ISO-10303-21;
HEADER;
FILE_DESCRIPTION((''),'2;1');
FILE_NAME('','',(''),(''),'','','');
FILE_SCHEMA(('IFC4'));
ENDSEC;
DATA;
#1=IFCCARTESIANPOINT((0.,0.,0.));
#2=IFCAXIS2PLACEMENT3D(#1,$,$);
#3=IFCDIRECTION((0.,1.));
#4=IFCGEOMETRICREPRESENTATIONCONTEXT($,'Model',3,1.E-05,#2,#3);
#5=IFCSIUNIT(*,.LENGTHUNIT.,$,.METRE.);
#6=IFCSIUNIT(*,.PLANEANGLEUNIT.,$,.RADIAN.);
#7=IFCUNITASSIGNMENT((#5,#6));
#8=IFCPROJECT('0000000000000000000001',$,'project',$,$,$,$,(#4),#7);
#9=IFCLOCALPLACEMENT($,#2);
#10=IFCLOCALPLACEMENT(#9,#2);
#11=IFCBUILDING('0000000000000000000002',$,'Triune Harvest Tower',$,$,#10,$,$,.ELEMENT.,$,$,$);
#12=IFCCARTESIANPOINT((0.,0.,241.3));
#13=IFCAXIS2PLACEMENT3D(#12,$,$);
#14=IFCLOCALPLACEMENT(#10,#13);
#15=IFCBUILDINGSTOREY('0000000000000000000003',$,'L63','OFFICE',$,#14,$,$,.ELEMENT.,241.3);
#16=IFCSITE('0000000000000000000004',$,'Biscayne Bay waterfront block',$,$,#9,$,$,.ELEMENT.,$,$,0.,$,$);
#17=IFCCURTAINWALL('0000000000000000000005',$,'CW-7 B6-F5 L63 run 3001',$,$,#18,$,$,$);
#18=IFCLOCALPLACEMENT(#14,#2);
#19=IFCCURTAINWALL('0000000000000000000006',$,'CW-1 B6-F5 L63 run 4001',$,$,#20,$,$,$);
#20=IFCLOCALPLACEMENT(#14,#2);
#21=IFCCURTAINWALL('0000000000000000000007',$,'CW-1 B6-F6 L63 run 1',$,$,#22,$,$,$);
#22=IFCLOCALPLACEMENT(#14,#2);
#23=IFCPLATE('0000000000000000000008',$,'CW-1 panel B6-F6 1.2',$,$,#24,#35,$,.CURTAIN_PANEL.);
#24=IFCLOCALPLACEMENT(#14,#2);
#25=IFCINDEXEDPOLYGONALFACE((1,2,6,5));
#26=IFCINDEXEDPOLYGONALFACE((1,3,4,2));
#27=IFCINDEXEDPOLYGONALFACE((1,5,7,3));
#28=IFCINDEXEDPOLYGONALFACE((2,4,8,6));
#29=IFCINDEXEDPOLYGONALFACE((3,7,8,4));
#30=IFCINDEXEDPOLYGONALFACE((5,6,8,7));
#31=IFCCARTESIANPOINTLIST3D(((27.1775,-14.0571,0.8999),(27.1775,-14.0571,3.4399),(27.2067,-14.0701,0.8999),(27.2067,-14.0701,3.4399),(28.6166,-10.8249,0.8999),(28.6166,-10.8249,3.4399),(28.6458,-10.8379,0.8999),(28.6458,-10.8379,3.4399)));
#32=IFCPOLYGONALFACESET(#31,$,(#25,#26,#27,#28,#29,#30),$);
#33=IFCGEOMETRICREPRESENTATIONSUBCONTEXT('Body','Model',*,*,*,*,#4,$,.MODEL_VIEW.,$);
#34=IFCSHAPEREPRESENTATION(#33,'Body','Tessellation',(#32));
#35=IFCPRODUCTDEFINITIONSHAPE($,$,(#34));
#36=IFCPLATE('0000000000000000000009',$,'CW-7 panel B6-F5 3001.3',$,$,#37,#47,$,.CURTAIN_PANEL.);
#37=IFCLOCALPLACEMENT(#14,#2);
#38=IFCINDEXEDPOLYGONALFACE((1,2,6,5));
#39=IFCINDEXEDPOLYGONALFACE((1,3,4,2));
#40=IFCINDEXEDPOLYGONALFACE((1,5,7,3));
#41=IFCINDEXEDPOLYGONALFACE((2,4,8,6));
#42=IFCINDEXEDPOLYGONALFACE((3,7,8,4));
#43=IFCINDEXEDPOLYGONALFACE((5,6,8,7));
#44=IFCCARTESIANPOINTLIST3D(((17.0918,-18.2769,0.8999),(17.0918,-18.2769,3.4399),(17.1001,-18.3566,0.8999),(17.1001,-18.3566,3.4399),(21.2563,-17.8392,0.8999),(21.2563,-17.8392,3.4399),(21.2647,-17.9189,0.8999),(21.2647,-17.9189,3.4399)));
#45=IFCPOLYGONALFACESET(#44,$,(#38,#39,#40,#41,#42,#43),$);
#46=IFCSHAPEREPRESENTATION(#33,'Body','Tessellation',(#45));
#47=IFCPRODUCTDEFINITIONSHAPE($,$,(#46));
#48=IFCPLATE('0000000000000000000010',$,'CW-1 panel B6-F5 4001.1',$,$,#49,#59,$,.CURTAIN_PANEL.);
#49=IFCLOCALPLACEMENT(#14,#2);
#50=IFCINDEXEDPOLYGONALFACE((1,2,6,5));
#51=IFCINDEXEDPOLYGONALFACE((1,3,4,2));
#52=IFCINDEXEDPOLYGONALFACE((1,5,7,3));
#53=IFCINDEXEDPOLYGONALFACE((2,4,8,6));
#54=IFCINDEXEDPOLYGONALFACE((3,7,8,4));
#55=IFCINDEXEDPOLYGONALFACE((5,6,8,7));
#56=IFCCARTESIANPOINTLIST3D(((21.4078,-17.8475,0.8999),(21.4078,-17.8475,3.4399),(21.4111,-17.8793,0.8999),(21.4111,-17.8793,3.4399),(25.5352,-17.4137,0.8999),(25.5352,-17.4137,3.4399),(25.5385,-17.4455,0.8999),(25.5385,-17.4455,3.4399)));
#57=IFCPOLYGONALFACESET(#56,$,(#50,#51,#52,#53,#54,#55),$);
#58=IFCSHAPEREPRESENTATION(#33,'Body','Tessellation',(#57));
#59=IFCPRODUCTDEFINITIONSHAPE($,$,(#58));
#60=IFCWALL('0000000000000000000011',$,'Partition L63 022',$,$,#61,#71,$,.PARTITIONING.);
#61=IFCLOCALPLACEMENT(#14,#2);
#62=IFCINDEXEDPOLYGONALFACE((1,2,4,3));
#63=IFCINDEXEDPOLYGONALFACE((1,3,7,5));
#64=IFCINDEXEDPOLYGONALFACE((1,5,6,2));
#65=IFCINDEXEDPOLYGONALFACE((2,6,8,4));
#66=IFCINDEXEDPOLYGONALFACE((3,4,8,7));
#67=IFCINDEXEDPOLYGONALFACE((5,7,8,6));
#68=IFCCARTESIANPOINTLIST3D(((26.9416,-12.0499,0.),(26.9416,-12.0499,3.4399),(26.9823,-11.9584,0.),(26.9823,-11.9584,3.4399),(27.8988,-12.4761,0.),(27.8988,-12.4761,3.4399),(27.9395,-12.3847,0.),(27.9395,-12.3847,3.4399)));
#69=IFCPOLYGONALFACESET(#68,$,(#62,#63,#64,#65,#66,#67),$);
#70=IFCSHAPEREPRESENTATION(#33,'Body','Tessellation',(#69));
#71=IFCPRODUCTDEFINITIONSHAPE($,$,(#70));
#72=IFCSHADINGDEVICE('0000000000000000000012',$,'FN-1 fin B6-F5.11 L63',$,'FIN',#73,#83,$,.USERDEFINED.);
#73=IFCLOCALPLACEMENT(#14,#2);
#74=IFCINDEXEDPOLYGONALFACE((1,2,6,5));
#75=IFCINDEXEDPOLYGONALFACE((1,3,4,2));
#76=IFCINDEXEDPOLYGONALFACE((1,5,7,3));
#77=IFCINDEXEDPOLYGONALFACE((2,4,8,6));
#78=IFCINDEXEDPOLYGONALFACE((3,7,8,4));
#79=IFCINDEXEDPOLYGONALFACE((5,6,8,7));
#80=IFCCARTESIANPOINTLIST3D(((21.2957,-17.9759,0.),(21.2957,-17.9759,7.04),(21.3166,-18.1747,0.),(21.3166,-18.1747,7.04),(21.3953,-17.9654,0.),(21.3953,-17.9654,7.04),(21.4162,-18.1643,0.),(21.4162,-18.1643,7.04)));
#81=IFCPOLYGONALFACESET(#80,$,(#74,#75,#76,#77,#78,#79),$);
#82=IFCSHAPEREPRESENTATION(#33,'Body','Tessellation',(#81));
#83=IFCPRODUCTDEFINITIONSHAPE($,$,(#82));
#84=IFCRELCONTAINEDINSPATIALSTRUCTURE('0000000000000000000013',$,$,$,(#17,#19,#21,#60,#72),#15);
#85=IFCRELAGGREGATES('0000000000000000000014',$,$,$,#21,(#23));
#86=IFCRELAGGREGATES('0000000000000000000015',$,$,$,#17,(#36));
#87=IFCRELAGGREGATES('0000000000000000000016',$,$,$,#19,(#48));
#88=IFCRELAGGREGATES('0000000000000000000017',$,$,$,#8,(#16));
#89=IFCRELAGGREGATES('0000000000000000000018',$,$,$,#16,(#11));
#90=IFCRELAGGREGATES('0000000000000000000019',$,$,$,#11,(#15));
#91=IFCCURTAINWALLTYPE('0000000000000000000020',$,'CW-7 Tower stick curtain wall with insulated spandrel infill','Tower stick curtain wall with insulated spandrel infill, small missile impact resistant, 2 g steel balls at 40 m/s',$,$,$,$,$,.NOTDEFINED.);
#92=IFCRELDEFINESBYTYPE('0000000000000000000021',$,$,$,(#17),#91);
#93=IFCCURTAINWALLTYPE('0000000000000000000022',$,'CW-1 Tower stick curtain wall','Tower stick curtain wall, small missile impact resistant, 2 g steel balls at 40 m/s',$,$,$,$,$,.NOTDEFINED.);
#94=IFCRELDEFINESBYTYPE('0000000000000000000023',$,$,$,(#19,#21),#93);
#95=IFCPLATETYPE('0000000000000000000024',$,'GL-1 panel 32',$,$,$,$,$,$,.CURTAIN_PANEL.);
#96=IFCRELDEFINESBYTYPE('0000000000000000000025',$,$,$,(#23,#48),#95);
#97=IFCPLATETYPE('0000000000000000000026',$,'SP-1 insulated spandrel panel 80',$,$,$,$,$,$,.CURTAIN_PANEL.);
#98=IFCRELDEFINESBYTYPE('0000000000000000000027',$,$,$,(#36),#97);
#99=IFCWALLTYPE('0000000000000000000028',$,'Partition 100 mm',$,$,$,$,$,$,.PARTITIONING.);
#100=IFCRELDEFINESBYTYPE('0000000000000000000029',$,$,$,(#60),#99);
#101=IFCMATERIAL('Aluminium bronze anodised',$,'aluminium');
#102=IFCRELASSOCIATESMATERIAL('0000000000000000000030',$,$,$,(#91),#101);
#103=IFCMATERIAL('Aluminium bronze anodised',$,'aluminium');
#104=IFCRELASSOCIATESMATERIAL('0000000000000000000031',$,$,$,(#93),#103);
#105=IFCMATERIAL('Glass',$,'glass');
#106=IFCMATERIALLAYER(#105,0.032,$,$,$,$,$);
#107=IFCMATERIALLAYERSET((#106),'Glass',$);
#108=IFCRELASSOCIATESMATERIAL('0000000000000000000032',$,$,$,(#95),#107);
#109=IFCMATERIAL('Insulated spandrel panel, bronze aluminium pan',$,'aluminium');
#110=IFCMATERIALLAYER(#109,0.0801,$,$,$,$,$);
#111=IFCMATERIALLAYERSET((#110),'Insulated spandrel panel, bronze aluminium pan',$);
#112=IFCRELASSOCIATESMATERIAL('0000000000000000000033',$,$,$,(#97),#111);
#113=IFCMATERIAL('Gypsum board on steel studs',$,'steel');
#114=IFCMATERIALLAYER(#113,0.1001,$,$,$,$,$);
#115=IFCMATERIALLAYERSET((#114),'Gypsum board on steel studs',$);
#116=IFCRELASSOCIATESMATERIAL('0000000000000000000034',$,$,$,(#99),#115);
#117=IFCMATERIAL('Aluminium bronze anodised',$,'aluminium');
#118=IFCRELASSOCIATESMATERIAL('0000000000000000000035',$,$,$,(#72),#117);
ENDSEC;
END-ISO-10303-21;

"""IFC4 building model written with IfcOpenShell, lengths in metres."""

from ifc_helpers import new_model, si_unit, direction, frame, frame_2d, origin, origin_2d, place, context, subcontext, project, spatial, rectangle, extrude, source, transform, mapped, material, layer, layer_set, type_object, element, aggregate, save


model = new_model("IFC4")

# Units and contexts
model_context = context("Model", 3, precision=1e-05, world=origin(), true_north=direction((0.0, 1.0)))
body_context = subcontext(model_context, "Body", "Model", "MODEL_VIEW")
ifc_project = project(units=[si_unit("LENGTHUNIT", "METRE"), si_unit("PLANEANGLEUNIT", "RADIAN")], contexts=[model_context])

# Site, building, storey
site_placement = place(None, origin())
site = spatial("IfcSite", under=ifc_project, at=site_placement, Name="Biscayne Bay waterfront block", CompositionType="ELEMENT", RefElevation=0.0)
building_placement = place(site_placement, origin())
building = spatial("IfcBuilding", under=site, at=building_placement, Name="Triune Harvest Tower", CompositionType="ELEMENT")
storey_placement = place(building_placement, frame((0.0, 0.0, 241.3)))
storey = spatial("IfcBuildingStorey", under=building, at=storey_placement, Name="L63", Description="OFFICE", CompositionType="ELEMENT", Elevation=241.3)

# Curtain walls
ifc_material_1 = material(Name="Aluminium bronze anodised", Category="aluminium")
curtain_wall_type_1 = type_object("IfcCurtainWallType", Name="CW-7 Tower stick curtain wall with insulated spandrel infill", Description="Tower stick curtain wall with insulated spandrel infill, small missile impact resistant, 2 g steel balls at 40 m/s", PredefinedType="NOTDEFINED", material=ifc_material_1)
curtain_wall_1_placement = place(storey_placement, origin())
curtain_wall_1 = element("IfcCurtainWall", 1, at=curtain_wall_1_placement, inside=storey, type_object=curtain_wall_type_1, Name="CW-7 B6-F5 L63 run 3001")
ifc_material_2 = material(Name="Aluminium bronze anodised", Category="aluminium")
curtain_wall_type_2 = type_object("IfcCurtainWallType", Name="CW-1 Tower stick curtain wall", Description="Tower stick curtain wall, small missile impact resistant, 2 g steel balls at 40 m/s", PredefinedType="NOTDEFINED", material=ifc_material_2)
curtain_wall_2_placement = place(storey_placement, origin())
curtain_wall_2 = element("IfcCurtainWall", 2, at=curtain_wall_2_placement, inside=storey, type_object=curtain_wall_type_2, Name="CW-1 B6-F5 L63 run 4001")
curtain_wall_3_placement = place(storey_placement, origin())
curtain_wall_3 = element("IfcCurtainWall", 3, at=curtain_wall_3_placement, inside=storey, type_object=curtain_wall_type_2, Name="CW-1 B6-F6 L63 run 1")

# Plates
ifc_material_3 = material(Name="Glass", Category="glass")
ifc_layer_1 = layer(ifc_material_3, 0.032)
ifc_layer_set_1 = layer_set([ifc_layer_1], Name="Glass")
plate_type_1 = type_object("IfcPlateType", Name="GL-1 panel 32", PredefinedType="CURTAIN_PANEL", material=ifc_layer_set_1)
shared_shape_1 = source(origin(), body_context, "Body", "SweptSolid", [
    extrude(rectangle(XDim=3.5381, YDim=0.032, at=origin_2d()), origin(), (0.0, 0.0, 1.0), 2.54),
])
plate_1_placement = place(storey_placement, frame((27.9116, -12.4475, 0.8999), z_axis=(0.0, 0.0, 1.0), x_axis=(0.406743, 0.913543, 0.0)))
plate_1 = element("IfcPlate", 4, at=plate_1_placement, type_object=plate_type_1, Name="CW-1 panel B6-F6 1.2", PredefinedType="CURTAIN_PANEL", context=body_context, shape_type="MappedRepresentation", body=[
    mapped(shared_shape_1, transform((0.0, 0.0, 0.0), scale=1.0)),
])
aggregate(curtain_wall_3, [plate_1])
ifc_material_4 = material(Name="Insulated spandrel panel, bronze aluminium pan", Category="aluminium")
ifc_layer_2 = layer(ifc_material_4, 0.0801)
ifc_layer_set_2 = layer_set([ifc_layer_2], Name="Insulated spandrel panel, bronze aluminium pan")
plate_type_2 = type_object("IfcPlateType", Name="SP-1 insulated spandrel panel 80", PredefinedType="CURTAIN_PANEL", material=ifc_layer_set_2)
shared_shape_2 = source(origin(), body_context, "Body", "SweptSolid", [
    extrude(rectangle(XDim=4.1875, YDim=0.0801, at=origin_2d()), origin(), (0.0, 0.0, 1.0), 2.54),
])
plate_2_placement = place(storey_placement, frame((19.1782, -18.0979, 0.8999), z_axis=(0.0, 0.0, 1.0), x_axis=(0.994522, 0.104527, 0.0)))
plate_2 = element("IfcPlate", 5, at=plate_2_placement, type_object=plate_type_2, Name="CW-7 panel B6-F5 3001.3", PredefinedType="CURTAIN_PANEL", context=body_context, shape_type="MappedRepresentation", body=[
    mapped(shared_shape_2, transform((0.0, 0.0, 0.0), scale=1.0)),
])
aggregate(curtain_wall_1, [plate_2])
shared_shape_3 = source(origin(), body_context, "Body", "SweptSolid", [
    extrude(rectangle(XDim=4.1501, YDim=0.032, at=origin_2d()), origin(), (0.0, 0.0, 1.0), 2.54),
])
plate_3_placement = place(storey_placement, frame((23.4731, -17.6465, 0.8999), z_axis=(0.0, 0.0, 1.0), x_axis=(0.994522, 0.104532, 0.0)))
plate_3 = element("IfcPlate", 6, at=plate_3_placement, type_object=plate_type_1, Name="CW-1 panel B6-F5 4001.1", PredefinedType="CURTAIN_PANEL", context=body_context, shape_type="MappedRepresentation", body=[
    mapped(shared_shape_3, transform((0.0, 0.0, 0.0), scale=1.0)),
])
aggregate(curtain_wall_2, [plate_3])

# Wall
ifc_material_5 = material(Name="Gypsum board on steel studs", Category="steel")
ifc_layer_3 = layer(ifc_material_5, 0.1001)
ifc_layer_set_3 = layer_set([ifc_layer_3], Name="Gypsum board on steel studs")
wall_type = type_object("IfcWallType", Name="Partition 100 mm", PredefinedType="PARTITIONING", material=ifc_layer_set_3)
shared_shape_4 = source(origin(), body_context, "Body", "SweptSolid", [
    extrude(rectangle(XDim=1.0479, YDim=0.1001, at=frame_2d((0.5239, 0.0))), origin(), (0.0, 0.0, 1.0), 3.4399),
])
wall_placement = place(storey_placement, frame((26.9619, -12.0042, 0.0), z_axis=(0.0, 0.0, 1.0), x_axis=(0.913523, -0.406787, 0.0)))
element("IfcWall", 7, at=wall_placement, inside=storey, type_object=wall_type, Name="Partition L63 022", PredefinedType="PARTITIONING", context=body_context, shape_type="MappedRepresentation", body=[
    mapped(shared_shape_4, transform((0.0, 0.0, 0.0), scale=1.0)),
])

# Shading device
ifc_material_6 = material(Name="Aluminium bronze anodised", Category="aluminium")
shared_shape_5 = source(origin(), body_context, "Body", "SweptSolid", [
    extrude(rectangle(XDim=0.1001, YDim=0.2, at=origin_2d()), origin(), (0.0, 0.0, 1.0), 7.04),
])
shading_device_placement = place(storey_placement, frame((21.356, -18.0701, 0.0), z_axis=(0.0, 0.0, 1.0), x_axis=(0.994522, 0.10453, 0.0)))
element("IfcShadingDevice", 8, at=shading_device_placement, inside=storey, material=ifc_material_6, Name="FN-1 fin B6-F5.11 L63", ObjectType="FIN", PredefinedType="USERDEFINED", context=body_context, shape_type="MappedRepresentation", body=[
    mapped(shared_shape_5, transform((0.0, 0.0, 0.0), scale=1.0)),
])

save(model, "model.ifc")
